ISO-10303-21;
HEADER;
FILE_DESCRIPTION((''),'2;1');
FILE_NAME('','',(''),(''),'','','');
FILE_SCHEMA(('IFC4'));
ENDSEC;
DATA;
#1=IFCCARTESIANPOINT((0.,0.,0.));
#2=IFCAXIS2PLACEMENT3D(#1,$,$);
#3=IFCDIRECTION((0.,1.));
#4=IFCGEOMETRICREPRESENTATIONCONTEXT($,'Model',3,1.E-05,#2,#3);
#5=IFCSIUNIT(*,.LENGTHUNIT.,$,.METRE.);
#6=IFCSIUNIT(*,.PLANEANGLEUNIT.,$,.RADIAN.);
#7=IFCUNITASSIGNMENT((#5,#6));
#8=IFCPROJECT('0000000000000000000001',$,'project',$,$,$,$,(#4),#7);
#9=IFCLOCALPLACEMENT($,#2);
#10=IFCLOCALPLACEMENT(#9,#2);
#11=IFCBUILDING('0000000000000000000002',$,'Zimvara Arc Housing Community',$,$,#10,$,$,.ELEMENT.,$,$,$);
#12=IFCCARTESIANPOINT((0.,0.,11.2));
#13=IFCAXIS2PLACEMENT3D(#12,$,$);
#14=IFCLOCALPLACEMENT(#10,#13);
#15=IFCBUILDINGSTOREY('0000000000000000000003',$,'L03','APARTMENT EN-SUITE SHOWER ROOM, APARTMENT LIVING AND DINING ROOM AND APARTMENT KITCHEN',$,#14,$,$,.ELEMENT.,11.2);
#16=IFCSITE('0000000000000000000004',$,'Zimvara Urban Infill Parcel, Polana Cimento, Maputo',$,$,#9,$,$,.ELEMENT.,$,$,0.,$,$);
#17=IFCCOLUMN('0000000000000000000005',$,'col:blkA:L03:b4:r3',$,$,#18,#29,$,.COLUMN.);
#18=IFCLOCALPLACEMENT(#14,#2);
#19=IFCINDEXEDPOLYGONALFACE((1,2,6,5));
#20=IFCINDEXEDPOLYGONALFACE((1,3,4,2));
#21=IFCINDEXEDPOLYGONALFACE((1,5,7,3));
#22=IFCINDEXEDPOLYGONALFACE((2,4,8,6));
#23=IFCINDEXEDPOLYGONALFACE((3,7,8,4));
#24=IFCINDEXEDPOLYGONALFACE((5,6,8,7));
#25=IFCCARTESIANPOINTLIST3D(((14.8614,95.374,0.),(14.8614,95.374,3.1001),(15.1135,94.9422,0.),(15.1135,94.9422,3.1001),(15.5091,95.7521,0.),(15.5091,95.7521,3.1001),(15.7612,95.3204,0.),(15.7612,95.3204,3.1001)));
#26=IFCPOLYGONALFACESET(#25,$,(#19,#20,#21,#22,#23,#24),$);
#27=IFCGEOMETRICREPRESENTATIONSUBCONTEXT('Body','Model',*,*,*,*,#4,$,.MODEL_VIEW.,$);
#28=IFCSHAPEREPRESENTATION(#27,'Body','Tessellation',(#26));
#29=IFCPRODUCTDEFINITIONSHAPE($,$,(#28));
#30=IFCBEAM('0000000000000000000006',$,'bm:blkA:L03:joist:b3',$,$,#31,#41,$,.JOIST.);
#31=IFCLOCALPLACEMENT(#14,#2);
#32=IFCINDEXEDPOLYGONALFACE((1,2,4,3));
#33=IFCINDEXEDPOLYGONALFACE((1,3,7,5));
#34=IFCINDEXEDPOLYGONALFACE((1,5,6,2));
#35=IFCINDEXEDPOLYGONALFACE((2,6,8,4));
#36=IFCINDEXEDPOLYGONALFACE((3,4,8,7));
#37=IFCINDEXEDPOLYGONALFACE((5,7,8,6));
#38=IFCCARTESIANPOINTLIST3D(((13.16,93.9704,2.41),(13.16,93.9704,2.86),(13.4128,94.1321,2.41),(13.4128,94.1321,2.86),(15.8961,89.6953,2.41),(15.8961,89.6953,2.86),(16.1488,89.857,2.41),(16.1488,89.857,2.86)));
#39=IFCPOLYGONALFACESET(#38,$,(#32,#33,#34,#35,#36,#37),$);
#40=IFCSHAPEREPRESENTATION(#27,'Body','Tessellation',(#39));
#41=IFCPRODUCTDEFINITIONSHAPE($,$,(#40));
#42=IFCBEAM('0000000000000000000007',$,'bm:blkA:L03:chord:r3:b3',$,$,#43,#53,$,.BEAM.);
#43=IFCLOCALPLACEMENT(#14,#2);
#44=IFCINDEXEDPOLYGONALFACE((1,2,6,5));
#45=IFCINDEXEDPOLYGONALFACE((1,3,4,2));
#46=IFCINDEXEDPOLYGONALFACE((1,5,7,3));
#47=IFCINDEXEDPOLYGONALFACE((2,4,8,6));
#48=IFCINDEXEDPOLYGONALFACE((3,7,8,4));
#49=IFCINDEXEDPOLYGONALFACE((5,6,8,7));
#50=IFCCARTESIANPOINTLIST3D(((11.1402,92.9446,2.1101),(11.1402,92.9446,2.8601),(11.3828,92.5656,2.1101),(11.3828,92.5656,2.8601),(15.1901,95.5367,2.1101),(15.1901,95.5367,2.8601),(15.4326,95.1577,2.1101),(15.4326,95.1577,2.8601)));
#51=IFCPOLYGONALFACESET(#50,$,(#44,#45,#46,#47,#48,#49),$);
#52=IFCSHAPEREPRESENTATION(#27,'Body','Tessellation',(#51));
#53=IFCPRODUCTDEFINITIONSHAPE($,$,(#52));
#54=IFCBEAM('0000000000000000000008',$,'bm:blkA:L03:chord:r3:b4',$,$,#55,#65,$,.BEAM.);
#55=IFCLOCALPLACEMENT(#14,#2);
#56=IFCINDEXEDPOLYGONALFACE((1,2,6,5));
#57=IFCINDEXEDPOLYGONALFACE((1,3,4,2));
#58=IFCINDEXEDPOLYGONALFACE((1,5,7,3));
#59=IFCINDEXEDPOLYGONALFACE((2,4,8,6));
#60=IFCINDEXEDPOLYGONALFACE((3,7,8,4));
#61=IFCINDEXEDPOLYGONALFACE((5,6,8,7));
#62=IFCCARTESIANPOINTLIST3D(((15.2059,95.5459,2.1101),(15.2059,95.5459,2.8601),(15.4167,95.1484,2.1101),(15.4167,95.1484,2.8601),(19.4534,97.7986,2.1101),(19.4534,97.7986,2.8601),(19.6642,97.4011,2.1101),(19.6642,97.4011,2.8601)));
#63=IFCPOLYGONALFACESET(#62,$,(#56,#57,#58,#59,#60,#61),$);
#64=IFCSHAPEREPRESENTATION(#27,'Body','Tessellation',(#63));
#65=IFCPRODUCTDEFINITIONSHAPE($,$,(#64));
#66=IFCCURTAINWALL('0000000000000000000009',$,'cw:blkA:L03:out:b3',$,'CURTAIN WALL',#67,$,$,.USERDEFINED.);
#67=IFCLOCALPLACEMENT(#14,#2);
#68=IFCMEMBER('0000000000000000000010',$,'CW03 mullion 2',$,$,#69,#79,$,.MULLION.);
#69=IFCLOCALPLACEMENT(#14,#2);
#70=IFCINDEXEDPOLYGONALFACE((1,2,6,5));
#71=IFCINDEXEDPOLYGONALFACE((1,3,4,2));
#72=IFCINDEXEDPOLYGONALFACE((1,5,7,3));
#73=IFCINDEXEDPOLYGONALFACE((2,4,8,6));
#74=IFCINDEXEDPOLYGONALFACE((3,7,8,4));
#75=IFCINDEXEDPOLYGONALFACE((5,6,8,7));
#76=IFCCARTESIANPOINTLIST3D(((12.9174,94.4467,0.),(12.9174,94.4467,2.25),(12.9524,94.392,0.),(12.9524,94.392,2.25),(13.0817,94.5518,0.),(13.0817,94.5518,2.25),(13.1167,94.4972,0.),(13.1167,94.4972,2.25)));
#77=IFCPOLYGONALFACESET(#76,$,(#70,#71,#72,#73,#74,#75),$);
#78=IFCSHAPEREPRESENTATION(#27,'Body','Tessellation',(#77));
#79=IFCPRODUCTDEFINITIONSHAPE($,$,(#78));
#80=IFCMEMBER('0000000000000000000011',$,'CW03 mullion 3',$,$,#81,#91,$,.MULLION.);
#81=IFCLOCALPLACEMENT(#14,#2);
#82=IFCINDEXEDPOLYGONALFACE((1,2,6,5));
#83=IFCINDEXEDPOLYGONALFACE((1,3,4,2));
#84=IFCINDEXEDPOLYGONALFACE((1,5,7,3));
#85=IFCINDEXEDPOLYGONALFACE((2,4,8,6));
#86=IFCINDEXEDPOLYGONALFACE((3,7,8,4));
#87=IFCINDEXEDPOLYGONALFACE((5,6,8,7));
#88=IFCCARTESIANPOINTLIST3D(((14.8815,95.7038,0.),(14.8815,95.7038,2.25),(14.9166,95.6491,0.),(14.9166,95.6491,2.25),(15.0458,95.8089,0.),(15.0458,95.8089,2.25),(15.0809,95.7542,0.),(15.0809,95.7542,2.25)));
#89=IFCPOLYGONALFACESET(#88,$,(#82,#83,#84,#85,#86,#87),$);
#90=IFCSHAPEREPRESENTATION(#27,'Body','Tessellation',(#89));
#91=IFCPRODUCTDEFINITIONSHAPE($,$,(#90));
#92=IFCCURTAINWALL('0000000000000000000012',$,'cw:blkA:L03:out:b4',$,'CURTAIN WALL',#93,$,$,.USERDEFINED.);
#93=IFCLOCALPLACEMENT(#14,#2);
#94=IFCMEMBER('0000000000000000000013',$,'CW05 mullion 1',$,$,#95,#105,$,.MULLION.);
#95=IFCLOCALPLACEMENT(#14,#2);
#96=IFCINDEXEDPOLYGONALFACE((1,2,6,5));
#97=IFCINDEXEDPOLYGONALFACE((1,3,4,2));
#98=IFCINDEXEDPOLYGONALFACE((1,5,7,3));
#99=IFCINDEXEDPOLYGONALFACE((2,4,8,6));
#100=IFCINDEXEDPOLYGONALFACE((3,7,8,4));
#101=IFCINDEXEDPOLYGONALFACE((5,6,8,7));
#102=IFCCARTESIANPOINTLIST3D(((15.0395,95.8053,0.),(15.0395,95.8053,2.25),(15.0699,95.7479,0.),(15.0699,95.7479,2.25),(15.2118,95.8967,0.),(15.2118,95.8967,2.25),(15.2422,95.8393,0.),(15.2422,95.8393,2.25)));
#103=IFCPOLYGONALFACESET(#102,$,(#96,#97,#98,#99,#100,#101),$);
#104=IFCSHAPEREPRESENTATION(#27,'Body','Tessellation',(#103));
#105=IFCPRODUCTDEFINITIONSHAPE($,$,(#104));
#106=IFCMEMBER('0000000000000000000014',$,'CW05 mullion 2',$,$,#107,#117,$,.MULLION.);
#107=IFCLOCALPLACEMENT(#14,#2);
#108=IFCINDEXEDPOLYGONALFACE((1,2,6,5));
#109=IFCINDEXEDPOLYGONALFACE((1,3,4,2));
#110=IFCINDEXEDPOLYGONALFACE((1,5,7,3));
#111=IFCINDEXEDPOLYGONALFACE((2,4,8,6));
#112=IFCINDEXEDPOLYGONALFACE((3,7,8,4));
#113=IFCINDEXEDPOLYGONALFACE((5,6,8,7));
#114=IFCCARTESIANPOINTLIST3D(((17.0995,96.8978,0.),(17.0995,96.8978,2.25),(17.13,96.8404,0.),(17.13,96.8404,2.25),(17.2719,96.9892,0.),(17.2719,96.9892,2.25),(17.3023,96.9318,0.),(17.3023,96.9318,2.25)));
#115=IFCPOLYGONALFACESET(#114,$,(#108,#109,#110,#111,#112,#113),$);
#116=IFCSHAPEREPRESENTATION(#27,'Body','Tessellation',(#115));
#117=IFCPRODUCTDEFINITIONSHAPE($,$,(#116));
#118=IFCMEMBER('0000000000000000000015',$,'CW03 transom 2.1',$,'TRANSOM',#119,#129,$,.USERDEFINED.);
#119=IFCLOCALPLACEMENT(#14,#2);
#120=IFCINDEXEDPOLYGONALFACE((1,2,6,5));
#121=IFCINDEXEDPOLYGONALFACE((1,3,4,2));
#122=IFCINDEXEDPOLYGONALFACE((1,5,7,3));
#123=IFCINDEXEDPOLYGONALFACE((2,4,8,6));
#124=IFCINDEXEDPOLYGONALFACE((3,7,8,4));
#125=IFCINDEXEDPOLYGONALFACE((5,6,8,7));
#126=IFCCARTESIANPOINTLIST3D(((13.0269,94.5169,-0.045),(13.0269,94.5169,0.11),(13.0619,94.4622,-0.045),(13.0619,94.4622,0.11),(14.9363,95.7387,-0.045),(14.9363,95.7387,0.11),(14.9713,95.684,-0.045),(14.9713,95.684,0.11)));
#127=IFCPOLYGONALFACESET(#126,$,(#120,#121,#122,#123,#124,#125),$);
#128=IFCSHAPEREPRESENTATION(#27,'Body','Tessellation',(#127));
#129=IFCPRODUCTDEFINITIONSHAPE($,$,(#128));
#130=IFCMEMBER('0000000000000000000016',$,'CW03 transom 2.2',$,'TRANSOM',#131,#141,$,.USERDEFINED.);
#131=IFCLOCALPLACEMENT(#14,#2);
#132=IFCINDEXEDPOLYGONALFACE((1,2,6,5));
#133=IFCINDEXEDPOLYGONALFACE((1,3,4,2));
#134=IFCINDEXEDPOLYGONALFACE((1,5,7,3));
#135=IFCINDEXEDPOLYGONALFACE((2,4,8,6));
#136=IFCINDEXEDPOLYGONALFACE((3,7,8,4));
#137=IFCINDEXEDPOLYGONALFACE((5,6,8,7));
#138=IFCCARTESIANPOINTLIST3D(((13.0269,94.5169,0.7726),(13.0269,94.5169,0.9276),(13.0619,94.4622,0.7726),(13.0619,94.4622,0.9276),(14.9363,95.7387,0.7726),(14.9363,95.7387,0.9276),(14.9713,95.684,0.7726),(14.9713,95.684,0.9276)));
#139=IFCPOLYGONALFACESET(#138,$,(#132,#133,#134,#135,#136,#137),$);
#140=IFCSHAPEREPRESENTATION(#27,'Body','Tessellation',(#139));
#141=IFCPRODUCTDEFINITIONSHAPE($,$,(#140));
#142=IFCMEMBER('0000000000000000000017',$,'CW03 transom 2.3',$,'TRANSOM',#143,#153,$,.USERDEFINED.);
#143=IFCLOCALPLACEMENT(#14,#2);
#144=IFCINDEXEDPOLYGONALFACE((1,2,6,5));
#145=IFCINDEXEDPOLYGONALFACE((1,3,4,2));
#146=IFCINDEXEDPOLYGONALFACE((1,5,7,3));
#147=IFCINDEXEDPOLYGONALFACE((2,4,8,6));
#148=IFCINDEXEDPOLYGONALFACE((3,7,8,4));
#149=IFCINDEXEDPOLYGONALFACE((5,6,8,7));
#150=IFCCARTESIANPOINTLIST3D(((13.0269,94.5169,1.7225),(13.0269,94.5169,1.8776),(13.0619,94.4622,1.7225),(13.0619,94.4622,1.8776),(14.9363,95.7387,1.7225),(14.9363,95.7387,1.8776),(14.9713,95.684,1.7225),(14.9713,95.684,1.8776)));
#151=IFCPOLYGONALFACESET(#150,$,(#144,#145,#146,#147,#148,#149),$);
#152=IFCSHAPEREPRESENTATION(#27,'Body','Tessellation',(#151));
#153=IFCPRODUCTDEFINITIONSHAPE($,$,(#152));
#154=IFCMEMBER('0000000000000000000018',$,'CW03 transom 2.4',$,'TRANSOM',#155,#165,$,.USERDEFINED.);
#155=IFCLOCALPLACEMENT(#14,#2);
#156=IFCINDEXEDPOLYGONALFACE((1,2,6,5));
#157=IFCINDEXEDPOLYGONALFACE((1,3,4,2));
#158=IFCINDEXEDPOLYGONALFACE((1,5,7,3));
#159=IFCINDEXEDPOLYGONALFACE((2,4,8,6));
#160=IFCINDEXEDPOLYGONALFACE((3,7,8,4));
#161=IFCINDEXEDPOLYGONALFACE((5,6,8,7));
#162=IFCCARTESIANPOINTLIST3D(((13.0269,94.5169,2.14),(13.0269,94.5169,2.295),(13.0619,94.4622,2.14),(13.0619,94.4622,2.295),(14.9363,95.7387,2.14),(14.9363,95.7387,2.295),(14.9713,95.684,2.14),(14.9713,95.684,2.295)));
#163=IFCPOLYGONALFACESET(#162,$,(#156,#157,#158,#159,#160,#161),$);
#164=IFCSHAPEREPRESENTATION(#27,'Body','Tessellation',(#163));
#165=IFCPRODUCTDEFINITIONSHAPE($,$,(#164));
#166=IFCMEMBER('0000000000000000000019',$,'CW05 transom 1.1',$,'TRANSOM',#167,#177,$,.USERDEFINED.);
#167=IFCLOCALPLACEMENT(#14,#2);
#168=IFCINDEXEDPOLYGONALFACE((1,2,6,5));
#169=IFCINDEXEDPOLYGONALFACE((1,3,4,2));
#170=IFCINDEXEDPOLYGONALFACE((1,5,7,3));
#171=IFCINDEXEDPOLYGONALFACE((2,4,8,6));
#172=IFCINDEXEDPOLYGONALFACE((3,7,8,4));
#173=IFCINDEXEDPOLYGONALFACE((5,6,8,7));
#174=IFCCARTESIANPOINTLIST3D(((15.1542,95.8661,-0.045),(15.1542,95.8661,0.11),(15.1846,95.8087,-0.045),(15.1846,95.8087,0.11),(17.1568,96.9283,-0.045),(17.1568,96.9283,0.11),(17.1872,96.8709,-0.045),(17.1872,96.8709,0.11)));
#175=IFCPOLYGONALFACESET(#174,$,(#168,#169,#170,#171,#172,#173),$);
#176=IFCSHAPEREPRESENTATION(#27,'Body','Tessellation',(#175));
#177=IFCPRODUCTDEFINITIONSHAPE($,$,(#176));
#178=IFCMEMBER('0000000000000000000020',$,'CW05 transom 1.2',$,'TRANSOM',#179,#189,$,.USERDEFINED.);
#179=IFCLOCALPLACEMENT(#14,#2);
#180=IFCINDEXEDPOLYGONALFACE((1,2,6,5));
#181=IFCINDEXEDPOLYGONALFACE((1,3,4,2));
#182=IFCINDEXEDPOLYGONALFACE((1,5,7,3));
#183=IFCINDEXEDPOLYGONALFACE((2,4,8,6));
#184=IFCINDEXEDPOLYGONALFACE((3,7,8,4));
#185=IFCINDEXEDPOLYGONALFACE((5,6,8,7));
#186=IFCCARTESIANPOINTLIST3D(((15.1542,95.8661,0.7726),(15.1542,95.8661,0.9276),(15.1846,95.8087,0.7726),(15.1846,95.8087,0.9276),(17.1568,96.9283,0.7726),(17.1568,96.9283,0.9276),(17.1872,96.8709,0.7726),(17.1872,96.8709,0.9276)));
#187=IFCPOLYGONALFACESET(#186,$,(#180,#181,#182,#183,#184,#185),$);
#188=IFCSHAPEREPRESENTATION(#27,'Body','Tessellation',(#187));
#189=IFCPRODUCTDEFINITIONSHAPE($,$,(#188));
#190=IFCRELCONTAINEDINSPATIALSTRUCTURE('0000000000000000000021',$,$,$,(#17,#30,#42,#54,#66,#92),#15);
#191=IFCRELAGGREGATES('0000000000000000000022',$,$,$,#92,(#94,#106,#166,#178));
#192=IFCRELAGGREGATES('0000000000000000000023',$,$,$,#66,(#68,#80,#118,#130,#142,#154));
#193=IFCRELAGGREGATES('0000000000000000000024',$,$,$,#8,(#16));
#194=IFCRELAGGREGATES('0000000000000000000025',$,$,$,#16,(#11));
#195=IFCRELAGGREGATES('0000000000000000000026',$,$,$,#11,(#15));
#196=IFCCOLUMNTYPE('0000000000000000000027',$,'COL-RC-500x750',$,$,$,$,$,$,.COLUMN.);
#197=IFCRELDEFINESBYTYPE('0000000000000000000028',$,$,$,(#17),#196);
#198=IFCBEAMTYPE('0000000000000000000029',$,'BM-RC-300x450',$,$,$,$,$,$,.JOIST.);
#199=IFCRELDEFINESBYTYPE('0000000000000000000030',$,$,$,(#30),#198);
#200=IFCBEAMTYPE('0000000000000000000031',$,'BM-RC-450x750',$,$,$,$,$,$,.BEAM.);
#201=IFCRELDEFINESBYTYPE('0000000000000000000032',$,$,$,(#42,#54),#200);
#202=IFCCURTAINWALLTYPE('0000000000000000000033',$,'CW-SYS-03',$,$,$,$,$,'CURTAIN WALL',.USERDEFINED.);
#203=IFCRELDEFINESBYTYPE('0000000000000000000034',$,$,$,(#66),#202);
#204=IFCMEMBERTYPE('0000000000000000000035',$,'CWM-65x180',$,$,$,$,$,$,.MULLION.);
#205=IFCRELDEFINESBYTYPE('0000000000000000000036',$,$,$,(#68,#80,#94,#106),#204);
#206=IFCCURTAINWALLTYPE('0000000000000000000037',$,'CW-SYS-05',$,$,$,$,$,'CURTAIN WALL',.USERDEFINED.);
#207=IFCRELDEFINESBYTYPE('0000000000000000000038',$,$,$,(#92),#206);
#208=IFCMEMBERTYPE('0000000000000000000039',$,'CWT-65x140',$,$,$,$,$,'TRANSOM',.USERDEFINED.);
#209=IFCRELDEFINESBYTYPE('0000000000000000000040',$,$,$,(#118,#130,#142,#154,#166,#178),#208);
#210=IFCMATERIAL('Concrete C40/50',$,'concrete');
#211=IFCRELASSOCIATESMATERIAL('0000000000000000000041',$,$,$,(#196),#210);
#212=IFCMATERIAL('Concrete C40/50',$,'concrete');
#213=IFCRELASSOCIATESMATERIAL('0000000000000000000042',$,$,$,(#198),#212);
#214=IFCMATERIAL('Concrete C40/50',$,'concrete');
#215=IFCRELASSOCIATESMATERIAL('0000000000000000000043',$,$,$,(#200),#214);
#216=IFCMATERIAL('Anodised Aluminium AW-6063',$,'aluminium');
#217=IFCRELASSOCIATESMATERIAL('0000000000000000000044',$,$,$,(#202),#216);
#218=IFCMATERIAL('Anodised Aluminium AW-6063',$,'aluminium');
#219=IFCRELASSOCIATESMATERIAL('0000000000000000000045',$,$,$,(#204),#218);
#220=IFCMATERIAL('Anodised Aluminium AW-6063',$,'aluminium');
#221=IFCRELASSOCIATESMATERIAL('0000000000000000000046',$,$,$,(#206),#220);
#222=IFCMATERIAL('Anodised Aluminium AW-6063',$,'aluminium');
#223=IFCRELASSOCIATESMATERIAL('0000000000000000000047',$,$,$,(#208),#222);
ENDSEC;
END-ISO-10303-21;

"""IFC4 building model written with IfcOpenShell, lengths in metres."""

from ifc_helpers import new_model, si_unit, direction, frame, origin, origin_2d, place, context, subcontext, project, spatial, rectangle, extrude, material, material_profile, profile_set, type_object, element, aggregate, save


model = new_model("IFC4")

# Units and contexts
model_context = context("Model", 3, precision=1e-05, world=origin(), true_north=direction((0.0, 1.0)))
body_context = subcontext(model_context, "Body", "Model", "MODEL_VIEW")
ifc_project = project(units=[si_unit("LENGTHUNIT", "METRE"), si_unit("PLANEANGLEUNIT", "RADIAN")], contexts=[model_context])

# Site, building, storey
site_placement = place(None, origin())
site = spatial("IfcSite", under=ifc_project, at=site_placement, Name="Zimvara Urban Infill Parcel, Polana Cimento, Maputo", CompositionType="ELEMENT", RefElevation=0.0)
building_placement = place(site_placement, origin())
building = spatial("IfcBuilding", under=site, at=building_placement, Name="Zimvara Arc Housing Community", CompositionType="ELEMENT")
storey_placement = place(building_placement, frame((0.0, 0.0, 11.2)))
storey = spatial("IfcBuildingStorey", under=building, at=storey_placement, Name="L03", Description="APARTMENT EN-SUITE SHOWER ROOM, APARTMENT LIVING AND DINING ROOM AND APARTMENT KITCHEN", CompositionType="ELEMENT", Elevation=11.2)

# Column
ifc_material_1 = material(Name="Concrete C40/50", Category="concrete")
ifc_material_profile_1 = material_profile(ifc_material_1, rectangle(XDim=0.5, YDim=0.75, at=origin_2d()), Name="RC 500x750")
ifc_profile_set_1 = profile_set([ifc_material_profile_1], Name="Concrete C40/50")
column_type = type_object("IfcColumnType", Name="COL-RC-500x750", PredefinedType="COLUMN", material=ifc_profile_set_1)
column_placement = place(storey_placement, frame((15.3113, 95.3472, 0.0), z_axis=(0.0, 0.0, 1.0), x_axis=(-0.504226, 0.863572, 0.0)))
element("IfcColumn", 1, at=column_placement, inside=storey, type_object=column_type, Name="col:blkA:L03:b4:r3", PredefinedType="COLUMN", context=body_context, shape_type="SweptSolid", body=[
    extrude(rectangle(XDim=0.5, YDim=0.75, at=origin_2d()), origin(), (0.0, 0.0, 1.0), 3.1001),
])

# Beams
ifc_material_2 = material(Name="Concrete C40/50", Category="concrete")
ifc_material_profile_2 = material_profile(ifc_material_2, rectangle(XDim=0.3, YDim=0.45, at=origin_2d()), Name="RC 300x450")
ifc_profile_set_2 = profile_set([ifc_material_profile_2], Name="Concrete C40/50")
beam_type_1 = type_object("IfcBeamType", Name="BM-RC-300x450", PredefinedType="JOIST", material=ifc_profile_set_2)
beam_1_placement = place(storey_placement, frame((16.0225, 89.7761, 2.635), z_axis=(-0.539052, 0.842272, 0.0), x_axis=(-0.842272, -0.539052, 0.0)))
element("IfcBeam", 2, at=beam_1_placement, inside=storey, type_object=beam_type_1, Name="bm:blkA:L03:joist:b3", PredefinedType="JOIST", context=body_context, shape_type="SweptSolid", body=[
    extrude(rectangle(XDim=0.3, YDim=0.45, at=origin_2d()), origin(), (0.0, 0.0, 1.0), 5.0757),
])
ifc_material_3 = material(Name="Concrete C40/50", Category="concrete")
ifc_material_profile_3 = material_profile(ifc_material_3, rectangle(XDim=0.45, YDim=0.75, at=origin_2d()), Name="RC 450x750")
ifc_profile_set_3 = profile_set([ifc_material_profile_3], Name="Concrete C40/50")
beam_type_2 = type_object("IfcBeamType", Name="BM-RC-450x750", PredefinedType="BEAM", material=ifc_profile_set_3)
beam_2_placement = place(storey_placement, frame((11.2615, 92.7551, 2.4851), z_axis=(0.842256, 0.539078, 0.0), x_axis=(-0.539078, 0.842256, 0.0)))
element("IfcBeam", 3, at=beam_2_placement, inside=storey, type_object=beam_type_2, Name="bm:blkA:L03:chord:r3:b3", PredefinedType="BEAM", context=body_context, shape_type="SweptSolid", body=[
    extrude(rectangle(XDim=0.45, YDim=0.75, at=origin_2d()), origin(), (0.0, 0.0, 1.0), 4.8083),
])
beam_3_placement = place(storey_placement, frame((15.3113, 95.3472, 2.4851), z_axis=(0.883446, 0.468534, 0.0), x_axis=(-0.468534, 0.883446, 0.0)))
element("IfcBeam", 4, at=beam_3_placement, inside=storey, type_object=beam_type_2, Name="bm:blkA:L03:chord:r3:b4", PredefinedType="BEAM", context=body_context, shape_type="SweptSolid", body=[
    extrude(rectangle(XDim=0.45, YDim=0.75, at=origin_2d()), origin(), (0.0, 0.0, 1.0), 4.8079),
])

# Curtain walls, members
ifc_material_4 = material(Name="Anodised Aluminium AW-6063", Category="aluminium")
curtain_wall_type_1 = type_object("IfcCurtainWallType", Name="CW-SYS-03", ElementType="CURTAIN WALL", PredefinedType="USERDEFINED", material=ifc_material_4)
curtain_wall_1_placement = place(storey_placement, origin())
curtain_wall_1 = element("IfcCurtainWall", 5, at=curtain_wall_1_placement, inside=storey, type_object=curtain_wall_type_1, Name="cw:blkA:L03:out:b3", ObjectType="CURTAIN WALL", PredefinedType="USERDEFINED")
ifc_material_5 = material(Name="Anodised Aluminium AW-6063", Category="aluminium")
ifc_material_profile_4 = material_profile(ifc_material_5, rectangle(XDim=0.0649, YDim=0.1951, at=origin_2d()), Name="ALU 65x195")
ifc_profile_set_4 = profile_set([ifc_material_profile_4], Name="Anodised Aluminium AW-6063")
member_type_1 = type_object("IfcMemberType", Name="CWM-65x180", PredefinedType="MULLION", material=ifc_profile_set_4)
member_1_placement = place(storey_placement, frame((13.0171, 94.4719, 0.0), z_axis=(0.0, 0.0, 1.0), x_axis=(-0.539065, 0.842264, 0.0)))
member_1 = element("IfcMember", 6, at=member_1_placement, type_object=member_type_1, Name="CW03 mullion 2", PredefinedType="MULLION", context=body_context, shape_type="SweptSolid", body=[
    extrude(rectangle(XDim=0.0649, YDim=0.1951, at=origin_2d()), origin(), (0.0, 0.0, 1.0), 2.25),
])
member_2_placement = place(storey_placement, frame((14.9812, 95.729, 0.0), z_axis=(0.0, 0.0, 1.0), x_axis=(-0.539065, 0.842264, 0.0)))
member_2 = element("IfcMember", 7, at=member_2_placement, type_object=member_type_1, Name="CW03 mullion 3", PredefinedType="MULLION", context=body_context, shape_type="SweptSolid", body=[
    extrude(rectangle(XDim=0.0649, YDim=0.1951, at=origin_2d()), origin(), (0.0, 0.0, 1.0), 2.25),
])
ifc_material_6 = material(Name="Anodised Aluminium AW-6063", Category="aluminium")
curtain_wall_type_2 = type_object("IfcCurtainWallType", Name="CW-SYS-05", ElementType="CURTAIN WALL", PredefinedType="USERDEFINED", material=ifc_material_6)
curtain_wall_2_placement = place(storey_placement, origin())
curtain_wall_2 = element("IfcCurtainWall", 8, at=curtain_wall_2_placement, inside=storey, type_object=curtain_wall_type_2, Name="cw:blkA:L03:out:b4", ObjectType="CURTAIN WALL", PredefinedType="USERDEFINED")
member_3_placement = place(storey_placement, frame((15.1409, 95.8223, 0.0), z_axis=(0.0, 0.0, 1.0), x_axis=(-0.468547, 0.883439, 0.0)))
member_3 = element("IfcMember", 9, at=member_3_placement, type_object=member_type_1, Name="CW05 mullion 1", PredefinedType="MULLION", context=body_context, shape_type="SweptSolid", body=[
    extrude(rectangle(XDim=0.0649, YDim=0.1951, at=origin_2d()), origin(), (0.0, 0.0, 1.0), 2.25),
])
member_4_placement = place(storey_placement, frame((17.2009, 96.9148, 0.0), z_axis=(0.0, 0.0, 1.0), x_axis=(-0.468547, 0.883439, 0.0)))
member_4 = element("IfcMember", 10, at=member_4_placement, type_object=member_type_1, Name="CW05 mullion 2", PredefinedType="MULLION", context=body_context, shape_type="SweptSolid", body=[
    extrude(rectangle(XDim=0.0649, YDim=0.1951, at=origin_2d()), origin(), (0.0, 0.0, 1.0), 2.25),
])

# Members
ifc_material_7 = material(Name="Anodised Aluminium AW-6063", Category="aluminium")
ifc_material_profile_5 = material_profile(ifc_material_7, rectangle(XDim=0.0649, YDim=0.155, at=origin_2d()), Name="ALU 65x155")
ifc_profile_set_5 = profile_set([ifc_material_profile_5], Name="Anodised Aluminium AW-6063")
member_type_2 = type_object("IfcMemberType", Name="CWT-65x140", ElementType="TRANSOM", PredefinedType="USERDEFINED", material=ifc_profile_set_5)
member_5_placement = place(storey_placement, frame((13.0444, 94.4895, 0.0325), z_axis=(0.842293, 0.53902, 0.0), x_axis=(-0.53902, 0.842293, 0.0)))
member_5 = element("IfcMember", 11, at=member_5_placement, type_object=member_type_2, Name="CW03 transom 2.1", ObjectType="TRANSOM", PredefinedType="USERDEFINED", context=body_context, shape_type="SweptSolid", body=[
    extrude(rectangle(XDim=0.0649, YDim=0.155, at=origin_2d()), origin(), (0.0, 0.0, 1.0), 2.2668),
])
member_6_placement = place(storey_placement, frame((13.0444, 94.4895, 0.8501), z_axis=(0.842293, 0.53902, 0.0), x_axis=(-0.53902, 0.842293, 0.0)))
member_6 = element("IfcMember", 12, at=member_6_placement, type_object=member_type_2, Name="CW03 transom 2.2", ObjectType="TRANSOM", PredefinedType="USERDEFINED", context=body_context, shape_type="SweptSolid", body=[
    extrude(rectangle(XDim=0.0649, YDim=0.155, at=origin_2d()), origin(), (0.0, 0.0, 1.0), 2.2668),
])
member_7_placement = place(storey_placement, frame((13.0444, 94.4895, 1.8), z_axis=(0.842293, 0.53902, 0.0), x_axis=(-0.53902, 0.842293, 0.0)))
member_7 = element("IfcMember", 13, at=member_7_placement, type_object=member_type_2, Name="CW03 transom 2.3", ObjectType="TRANSOM", PredefinedType="USERDEFINED", context=body_context, shape_type="SweptSolid", body=[
    extrude(rectangle(XDim=0.0649, YDim=0.155, at=origin_2d()), origin(), (0.0, 0.0, 1.0), 2.2668),
])
member_8_placement = place(storey_placement, frame((13.0444, 94.4895, 2.2175), z_axis=(0.842293, 0.53902, 0.0), x_axis=(-0.53902, 0.842293, 0.0)))
member_8 = element("IfcMember", 14, at=member_8_placement, type_object=member_type_2, Name="CW03 transom 2.4", ObjectType="TRANSOM", PredefinedType="USERDEFINED", context=body_context, shape_type="SweptSolid", body=[
    extrude(rectangle(XDim=0.0649, YDim=0.155, at=origin_2d()), origin(), (0.0, 0.0, 1.0), 2.2668),
])
member_9_placement = place(storey_placement, frame((15.1694, 95.8374, 0.0325), z_axis=(0.883421, 0.46858, 0.0), x_axis=(-0.46858, 0.883421, 0.0)))
member_9 = element("IfcMember", 15, at=member_9_placement, type_object=member_type_2, Name="CW05 transom 1.1", ObjectType="TRANSOM", PredefinedType="USERDEFINED", context=body_context, shape_type="SweptSolid", body=[
    extrude(rectangle(XDim=0.0649, YDim=0.155, at=origin_2d()), origin(), (0.0, 0.0, 1.0), 2.2668),
])
member_10_placement = place(storey_placement, frame((15.1694, 95.8374, 0.8501), z_axis=(0.883421, 0.46858, 0.0), x_axis=(-0.46858, 0.883421, 0.0)))
member_10 = element("IfcMember", 16, at=member_10_placement, type_object=member_type_2, Name="CW05 transom 1.2", ObjectType="TRANSOM", PredefinedType="USERDEFINED", context=body_context, shape_type="SweptSolid", body=[
    extrude(rectangle(XDim=0.0649, YDim=0.155, at=origin_2d()), origin(), (0.0, 0.0, 1.0), 2.2668),
])

aggregate(curtain_wall_2, [member_3, member_4, member_9, member_10])
aggregate(curtain_wall_1, [member_1, member_2, member_5, member_6, member_7, member_8])

save(model, "model.ifc")
